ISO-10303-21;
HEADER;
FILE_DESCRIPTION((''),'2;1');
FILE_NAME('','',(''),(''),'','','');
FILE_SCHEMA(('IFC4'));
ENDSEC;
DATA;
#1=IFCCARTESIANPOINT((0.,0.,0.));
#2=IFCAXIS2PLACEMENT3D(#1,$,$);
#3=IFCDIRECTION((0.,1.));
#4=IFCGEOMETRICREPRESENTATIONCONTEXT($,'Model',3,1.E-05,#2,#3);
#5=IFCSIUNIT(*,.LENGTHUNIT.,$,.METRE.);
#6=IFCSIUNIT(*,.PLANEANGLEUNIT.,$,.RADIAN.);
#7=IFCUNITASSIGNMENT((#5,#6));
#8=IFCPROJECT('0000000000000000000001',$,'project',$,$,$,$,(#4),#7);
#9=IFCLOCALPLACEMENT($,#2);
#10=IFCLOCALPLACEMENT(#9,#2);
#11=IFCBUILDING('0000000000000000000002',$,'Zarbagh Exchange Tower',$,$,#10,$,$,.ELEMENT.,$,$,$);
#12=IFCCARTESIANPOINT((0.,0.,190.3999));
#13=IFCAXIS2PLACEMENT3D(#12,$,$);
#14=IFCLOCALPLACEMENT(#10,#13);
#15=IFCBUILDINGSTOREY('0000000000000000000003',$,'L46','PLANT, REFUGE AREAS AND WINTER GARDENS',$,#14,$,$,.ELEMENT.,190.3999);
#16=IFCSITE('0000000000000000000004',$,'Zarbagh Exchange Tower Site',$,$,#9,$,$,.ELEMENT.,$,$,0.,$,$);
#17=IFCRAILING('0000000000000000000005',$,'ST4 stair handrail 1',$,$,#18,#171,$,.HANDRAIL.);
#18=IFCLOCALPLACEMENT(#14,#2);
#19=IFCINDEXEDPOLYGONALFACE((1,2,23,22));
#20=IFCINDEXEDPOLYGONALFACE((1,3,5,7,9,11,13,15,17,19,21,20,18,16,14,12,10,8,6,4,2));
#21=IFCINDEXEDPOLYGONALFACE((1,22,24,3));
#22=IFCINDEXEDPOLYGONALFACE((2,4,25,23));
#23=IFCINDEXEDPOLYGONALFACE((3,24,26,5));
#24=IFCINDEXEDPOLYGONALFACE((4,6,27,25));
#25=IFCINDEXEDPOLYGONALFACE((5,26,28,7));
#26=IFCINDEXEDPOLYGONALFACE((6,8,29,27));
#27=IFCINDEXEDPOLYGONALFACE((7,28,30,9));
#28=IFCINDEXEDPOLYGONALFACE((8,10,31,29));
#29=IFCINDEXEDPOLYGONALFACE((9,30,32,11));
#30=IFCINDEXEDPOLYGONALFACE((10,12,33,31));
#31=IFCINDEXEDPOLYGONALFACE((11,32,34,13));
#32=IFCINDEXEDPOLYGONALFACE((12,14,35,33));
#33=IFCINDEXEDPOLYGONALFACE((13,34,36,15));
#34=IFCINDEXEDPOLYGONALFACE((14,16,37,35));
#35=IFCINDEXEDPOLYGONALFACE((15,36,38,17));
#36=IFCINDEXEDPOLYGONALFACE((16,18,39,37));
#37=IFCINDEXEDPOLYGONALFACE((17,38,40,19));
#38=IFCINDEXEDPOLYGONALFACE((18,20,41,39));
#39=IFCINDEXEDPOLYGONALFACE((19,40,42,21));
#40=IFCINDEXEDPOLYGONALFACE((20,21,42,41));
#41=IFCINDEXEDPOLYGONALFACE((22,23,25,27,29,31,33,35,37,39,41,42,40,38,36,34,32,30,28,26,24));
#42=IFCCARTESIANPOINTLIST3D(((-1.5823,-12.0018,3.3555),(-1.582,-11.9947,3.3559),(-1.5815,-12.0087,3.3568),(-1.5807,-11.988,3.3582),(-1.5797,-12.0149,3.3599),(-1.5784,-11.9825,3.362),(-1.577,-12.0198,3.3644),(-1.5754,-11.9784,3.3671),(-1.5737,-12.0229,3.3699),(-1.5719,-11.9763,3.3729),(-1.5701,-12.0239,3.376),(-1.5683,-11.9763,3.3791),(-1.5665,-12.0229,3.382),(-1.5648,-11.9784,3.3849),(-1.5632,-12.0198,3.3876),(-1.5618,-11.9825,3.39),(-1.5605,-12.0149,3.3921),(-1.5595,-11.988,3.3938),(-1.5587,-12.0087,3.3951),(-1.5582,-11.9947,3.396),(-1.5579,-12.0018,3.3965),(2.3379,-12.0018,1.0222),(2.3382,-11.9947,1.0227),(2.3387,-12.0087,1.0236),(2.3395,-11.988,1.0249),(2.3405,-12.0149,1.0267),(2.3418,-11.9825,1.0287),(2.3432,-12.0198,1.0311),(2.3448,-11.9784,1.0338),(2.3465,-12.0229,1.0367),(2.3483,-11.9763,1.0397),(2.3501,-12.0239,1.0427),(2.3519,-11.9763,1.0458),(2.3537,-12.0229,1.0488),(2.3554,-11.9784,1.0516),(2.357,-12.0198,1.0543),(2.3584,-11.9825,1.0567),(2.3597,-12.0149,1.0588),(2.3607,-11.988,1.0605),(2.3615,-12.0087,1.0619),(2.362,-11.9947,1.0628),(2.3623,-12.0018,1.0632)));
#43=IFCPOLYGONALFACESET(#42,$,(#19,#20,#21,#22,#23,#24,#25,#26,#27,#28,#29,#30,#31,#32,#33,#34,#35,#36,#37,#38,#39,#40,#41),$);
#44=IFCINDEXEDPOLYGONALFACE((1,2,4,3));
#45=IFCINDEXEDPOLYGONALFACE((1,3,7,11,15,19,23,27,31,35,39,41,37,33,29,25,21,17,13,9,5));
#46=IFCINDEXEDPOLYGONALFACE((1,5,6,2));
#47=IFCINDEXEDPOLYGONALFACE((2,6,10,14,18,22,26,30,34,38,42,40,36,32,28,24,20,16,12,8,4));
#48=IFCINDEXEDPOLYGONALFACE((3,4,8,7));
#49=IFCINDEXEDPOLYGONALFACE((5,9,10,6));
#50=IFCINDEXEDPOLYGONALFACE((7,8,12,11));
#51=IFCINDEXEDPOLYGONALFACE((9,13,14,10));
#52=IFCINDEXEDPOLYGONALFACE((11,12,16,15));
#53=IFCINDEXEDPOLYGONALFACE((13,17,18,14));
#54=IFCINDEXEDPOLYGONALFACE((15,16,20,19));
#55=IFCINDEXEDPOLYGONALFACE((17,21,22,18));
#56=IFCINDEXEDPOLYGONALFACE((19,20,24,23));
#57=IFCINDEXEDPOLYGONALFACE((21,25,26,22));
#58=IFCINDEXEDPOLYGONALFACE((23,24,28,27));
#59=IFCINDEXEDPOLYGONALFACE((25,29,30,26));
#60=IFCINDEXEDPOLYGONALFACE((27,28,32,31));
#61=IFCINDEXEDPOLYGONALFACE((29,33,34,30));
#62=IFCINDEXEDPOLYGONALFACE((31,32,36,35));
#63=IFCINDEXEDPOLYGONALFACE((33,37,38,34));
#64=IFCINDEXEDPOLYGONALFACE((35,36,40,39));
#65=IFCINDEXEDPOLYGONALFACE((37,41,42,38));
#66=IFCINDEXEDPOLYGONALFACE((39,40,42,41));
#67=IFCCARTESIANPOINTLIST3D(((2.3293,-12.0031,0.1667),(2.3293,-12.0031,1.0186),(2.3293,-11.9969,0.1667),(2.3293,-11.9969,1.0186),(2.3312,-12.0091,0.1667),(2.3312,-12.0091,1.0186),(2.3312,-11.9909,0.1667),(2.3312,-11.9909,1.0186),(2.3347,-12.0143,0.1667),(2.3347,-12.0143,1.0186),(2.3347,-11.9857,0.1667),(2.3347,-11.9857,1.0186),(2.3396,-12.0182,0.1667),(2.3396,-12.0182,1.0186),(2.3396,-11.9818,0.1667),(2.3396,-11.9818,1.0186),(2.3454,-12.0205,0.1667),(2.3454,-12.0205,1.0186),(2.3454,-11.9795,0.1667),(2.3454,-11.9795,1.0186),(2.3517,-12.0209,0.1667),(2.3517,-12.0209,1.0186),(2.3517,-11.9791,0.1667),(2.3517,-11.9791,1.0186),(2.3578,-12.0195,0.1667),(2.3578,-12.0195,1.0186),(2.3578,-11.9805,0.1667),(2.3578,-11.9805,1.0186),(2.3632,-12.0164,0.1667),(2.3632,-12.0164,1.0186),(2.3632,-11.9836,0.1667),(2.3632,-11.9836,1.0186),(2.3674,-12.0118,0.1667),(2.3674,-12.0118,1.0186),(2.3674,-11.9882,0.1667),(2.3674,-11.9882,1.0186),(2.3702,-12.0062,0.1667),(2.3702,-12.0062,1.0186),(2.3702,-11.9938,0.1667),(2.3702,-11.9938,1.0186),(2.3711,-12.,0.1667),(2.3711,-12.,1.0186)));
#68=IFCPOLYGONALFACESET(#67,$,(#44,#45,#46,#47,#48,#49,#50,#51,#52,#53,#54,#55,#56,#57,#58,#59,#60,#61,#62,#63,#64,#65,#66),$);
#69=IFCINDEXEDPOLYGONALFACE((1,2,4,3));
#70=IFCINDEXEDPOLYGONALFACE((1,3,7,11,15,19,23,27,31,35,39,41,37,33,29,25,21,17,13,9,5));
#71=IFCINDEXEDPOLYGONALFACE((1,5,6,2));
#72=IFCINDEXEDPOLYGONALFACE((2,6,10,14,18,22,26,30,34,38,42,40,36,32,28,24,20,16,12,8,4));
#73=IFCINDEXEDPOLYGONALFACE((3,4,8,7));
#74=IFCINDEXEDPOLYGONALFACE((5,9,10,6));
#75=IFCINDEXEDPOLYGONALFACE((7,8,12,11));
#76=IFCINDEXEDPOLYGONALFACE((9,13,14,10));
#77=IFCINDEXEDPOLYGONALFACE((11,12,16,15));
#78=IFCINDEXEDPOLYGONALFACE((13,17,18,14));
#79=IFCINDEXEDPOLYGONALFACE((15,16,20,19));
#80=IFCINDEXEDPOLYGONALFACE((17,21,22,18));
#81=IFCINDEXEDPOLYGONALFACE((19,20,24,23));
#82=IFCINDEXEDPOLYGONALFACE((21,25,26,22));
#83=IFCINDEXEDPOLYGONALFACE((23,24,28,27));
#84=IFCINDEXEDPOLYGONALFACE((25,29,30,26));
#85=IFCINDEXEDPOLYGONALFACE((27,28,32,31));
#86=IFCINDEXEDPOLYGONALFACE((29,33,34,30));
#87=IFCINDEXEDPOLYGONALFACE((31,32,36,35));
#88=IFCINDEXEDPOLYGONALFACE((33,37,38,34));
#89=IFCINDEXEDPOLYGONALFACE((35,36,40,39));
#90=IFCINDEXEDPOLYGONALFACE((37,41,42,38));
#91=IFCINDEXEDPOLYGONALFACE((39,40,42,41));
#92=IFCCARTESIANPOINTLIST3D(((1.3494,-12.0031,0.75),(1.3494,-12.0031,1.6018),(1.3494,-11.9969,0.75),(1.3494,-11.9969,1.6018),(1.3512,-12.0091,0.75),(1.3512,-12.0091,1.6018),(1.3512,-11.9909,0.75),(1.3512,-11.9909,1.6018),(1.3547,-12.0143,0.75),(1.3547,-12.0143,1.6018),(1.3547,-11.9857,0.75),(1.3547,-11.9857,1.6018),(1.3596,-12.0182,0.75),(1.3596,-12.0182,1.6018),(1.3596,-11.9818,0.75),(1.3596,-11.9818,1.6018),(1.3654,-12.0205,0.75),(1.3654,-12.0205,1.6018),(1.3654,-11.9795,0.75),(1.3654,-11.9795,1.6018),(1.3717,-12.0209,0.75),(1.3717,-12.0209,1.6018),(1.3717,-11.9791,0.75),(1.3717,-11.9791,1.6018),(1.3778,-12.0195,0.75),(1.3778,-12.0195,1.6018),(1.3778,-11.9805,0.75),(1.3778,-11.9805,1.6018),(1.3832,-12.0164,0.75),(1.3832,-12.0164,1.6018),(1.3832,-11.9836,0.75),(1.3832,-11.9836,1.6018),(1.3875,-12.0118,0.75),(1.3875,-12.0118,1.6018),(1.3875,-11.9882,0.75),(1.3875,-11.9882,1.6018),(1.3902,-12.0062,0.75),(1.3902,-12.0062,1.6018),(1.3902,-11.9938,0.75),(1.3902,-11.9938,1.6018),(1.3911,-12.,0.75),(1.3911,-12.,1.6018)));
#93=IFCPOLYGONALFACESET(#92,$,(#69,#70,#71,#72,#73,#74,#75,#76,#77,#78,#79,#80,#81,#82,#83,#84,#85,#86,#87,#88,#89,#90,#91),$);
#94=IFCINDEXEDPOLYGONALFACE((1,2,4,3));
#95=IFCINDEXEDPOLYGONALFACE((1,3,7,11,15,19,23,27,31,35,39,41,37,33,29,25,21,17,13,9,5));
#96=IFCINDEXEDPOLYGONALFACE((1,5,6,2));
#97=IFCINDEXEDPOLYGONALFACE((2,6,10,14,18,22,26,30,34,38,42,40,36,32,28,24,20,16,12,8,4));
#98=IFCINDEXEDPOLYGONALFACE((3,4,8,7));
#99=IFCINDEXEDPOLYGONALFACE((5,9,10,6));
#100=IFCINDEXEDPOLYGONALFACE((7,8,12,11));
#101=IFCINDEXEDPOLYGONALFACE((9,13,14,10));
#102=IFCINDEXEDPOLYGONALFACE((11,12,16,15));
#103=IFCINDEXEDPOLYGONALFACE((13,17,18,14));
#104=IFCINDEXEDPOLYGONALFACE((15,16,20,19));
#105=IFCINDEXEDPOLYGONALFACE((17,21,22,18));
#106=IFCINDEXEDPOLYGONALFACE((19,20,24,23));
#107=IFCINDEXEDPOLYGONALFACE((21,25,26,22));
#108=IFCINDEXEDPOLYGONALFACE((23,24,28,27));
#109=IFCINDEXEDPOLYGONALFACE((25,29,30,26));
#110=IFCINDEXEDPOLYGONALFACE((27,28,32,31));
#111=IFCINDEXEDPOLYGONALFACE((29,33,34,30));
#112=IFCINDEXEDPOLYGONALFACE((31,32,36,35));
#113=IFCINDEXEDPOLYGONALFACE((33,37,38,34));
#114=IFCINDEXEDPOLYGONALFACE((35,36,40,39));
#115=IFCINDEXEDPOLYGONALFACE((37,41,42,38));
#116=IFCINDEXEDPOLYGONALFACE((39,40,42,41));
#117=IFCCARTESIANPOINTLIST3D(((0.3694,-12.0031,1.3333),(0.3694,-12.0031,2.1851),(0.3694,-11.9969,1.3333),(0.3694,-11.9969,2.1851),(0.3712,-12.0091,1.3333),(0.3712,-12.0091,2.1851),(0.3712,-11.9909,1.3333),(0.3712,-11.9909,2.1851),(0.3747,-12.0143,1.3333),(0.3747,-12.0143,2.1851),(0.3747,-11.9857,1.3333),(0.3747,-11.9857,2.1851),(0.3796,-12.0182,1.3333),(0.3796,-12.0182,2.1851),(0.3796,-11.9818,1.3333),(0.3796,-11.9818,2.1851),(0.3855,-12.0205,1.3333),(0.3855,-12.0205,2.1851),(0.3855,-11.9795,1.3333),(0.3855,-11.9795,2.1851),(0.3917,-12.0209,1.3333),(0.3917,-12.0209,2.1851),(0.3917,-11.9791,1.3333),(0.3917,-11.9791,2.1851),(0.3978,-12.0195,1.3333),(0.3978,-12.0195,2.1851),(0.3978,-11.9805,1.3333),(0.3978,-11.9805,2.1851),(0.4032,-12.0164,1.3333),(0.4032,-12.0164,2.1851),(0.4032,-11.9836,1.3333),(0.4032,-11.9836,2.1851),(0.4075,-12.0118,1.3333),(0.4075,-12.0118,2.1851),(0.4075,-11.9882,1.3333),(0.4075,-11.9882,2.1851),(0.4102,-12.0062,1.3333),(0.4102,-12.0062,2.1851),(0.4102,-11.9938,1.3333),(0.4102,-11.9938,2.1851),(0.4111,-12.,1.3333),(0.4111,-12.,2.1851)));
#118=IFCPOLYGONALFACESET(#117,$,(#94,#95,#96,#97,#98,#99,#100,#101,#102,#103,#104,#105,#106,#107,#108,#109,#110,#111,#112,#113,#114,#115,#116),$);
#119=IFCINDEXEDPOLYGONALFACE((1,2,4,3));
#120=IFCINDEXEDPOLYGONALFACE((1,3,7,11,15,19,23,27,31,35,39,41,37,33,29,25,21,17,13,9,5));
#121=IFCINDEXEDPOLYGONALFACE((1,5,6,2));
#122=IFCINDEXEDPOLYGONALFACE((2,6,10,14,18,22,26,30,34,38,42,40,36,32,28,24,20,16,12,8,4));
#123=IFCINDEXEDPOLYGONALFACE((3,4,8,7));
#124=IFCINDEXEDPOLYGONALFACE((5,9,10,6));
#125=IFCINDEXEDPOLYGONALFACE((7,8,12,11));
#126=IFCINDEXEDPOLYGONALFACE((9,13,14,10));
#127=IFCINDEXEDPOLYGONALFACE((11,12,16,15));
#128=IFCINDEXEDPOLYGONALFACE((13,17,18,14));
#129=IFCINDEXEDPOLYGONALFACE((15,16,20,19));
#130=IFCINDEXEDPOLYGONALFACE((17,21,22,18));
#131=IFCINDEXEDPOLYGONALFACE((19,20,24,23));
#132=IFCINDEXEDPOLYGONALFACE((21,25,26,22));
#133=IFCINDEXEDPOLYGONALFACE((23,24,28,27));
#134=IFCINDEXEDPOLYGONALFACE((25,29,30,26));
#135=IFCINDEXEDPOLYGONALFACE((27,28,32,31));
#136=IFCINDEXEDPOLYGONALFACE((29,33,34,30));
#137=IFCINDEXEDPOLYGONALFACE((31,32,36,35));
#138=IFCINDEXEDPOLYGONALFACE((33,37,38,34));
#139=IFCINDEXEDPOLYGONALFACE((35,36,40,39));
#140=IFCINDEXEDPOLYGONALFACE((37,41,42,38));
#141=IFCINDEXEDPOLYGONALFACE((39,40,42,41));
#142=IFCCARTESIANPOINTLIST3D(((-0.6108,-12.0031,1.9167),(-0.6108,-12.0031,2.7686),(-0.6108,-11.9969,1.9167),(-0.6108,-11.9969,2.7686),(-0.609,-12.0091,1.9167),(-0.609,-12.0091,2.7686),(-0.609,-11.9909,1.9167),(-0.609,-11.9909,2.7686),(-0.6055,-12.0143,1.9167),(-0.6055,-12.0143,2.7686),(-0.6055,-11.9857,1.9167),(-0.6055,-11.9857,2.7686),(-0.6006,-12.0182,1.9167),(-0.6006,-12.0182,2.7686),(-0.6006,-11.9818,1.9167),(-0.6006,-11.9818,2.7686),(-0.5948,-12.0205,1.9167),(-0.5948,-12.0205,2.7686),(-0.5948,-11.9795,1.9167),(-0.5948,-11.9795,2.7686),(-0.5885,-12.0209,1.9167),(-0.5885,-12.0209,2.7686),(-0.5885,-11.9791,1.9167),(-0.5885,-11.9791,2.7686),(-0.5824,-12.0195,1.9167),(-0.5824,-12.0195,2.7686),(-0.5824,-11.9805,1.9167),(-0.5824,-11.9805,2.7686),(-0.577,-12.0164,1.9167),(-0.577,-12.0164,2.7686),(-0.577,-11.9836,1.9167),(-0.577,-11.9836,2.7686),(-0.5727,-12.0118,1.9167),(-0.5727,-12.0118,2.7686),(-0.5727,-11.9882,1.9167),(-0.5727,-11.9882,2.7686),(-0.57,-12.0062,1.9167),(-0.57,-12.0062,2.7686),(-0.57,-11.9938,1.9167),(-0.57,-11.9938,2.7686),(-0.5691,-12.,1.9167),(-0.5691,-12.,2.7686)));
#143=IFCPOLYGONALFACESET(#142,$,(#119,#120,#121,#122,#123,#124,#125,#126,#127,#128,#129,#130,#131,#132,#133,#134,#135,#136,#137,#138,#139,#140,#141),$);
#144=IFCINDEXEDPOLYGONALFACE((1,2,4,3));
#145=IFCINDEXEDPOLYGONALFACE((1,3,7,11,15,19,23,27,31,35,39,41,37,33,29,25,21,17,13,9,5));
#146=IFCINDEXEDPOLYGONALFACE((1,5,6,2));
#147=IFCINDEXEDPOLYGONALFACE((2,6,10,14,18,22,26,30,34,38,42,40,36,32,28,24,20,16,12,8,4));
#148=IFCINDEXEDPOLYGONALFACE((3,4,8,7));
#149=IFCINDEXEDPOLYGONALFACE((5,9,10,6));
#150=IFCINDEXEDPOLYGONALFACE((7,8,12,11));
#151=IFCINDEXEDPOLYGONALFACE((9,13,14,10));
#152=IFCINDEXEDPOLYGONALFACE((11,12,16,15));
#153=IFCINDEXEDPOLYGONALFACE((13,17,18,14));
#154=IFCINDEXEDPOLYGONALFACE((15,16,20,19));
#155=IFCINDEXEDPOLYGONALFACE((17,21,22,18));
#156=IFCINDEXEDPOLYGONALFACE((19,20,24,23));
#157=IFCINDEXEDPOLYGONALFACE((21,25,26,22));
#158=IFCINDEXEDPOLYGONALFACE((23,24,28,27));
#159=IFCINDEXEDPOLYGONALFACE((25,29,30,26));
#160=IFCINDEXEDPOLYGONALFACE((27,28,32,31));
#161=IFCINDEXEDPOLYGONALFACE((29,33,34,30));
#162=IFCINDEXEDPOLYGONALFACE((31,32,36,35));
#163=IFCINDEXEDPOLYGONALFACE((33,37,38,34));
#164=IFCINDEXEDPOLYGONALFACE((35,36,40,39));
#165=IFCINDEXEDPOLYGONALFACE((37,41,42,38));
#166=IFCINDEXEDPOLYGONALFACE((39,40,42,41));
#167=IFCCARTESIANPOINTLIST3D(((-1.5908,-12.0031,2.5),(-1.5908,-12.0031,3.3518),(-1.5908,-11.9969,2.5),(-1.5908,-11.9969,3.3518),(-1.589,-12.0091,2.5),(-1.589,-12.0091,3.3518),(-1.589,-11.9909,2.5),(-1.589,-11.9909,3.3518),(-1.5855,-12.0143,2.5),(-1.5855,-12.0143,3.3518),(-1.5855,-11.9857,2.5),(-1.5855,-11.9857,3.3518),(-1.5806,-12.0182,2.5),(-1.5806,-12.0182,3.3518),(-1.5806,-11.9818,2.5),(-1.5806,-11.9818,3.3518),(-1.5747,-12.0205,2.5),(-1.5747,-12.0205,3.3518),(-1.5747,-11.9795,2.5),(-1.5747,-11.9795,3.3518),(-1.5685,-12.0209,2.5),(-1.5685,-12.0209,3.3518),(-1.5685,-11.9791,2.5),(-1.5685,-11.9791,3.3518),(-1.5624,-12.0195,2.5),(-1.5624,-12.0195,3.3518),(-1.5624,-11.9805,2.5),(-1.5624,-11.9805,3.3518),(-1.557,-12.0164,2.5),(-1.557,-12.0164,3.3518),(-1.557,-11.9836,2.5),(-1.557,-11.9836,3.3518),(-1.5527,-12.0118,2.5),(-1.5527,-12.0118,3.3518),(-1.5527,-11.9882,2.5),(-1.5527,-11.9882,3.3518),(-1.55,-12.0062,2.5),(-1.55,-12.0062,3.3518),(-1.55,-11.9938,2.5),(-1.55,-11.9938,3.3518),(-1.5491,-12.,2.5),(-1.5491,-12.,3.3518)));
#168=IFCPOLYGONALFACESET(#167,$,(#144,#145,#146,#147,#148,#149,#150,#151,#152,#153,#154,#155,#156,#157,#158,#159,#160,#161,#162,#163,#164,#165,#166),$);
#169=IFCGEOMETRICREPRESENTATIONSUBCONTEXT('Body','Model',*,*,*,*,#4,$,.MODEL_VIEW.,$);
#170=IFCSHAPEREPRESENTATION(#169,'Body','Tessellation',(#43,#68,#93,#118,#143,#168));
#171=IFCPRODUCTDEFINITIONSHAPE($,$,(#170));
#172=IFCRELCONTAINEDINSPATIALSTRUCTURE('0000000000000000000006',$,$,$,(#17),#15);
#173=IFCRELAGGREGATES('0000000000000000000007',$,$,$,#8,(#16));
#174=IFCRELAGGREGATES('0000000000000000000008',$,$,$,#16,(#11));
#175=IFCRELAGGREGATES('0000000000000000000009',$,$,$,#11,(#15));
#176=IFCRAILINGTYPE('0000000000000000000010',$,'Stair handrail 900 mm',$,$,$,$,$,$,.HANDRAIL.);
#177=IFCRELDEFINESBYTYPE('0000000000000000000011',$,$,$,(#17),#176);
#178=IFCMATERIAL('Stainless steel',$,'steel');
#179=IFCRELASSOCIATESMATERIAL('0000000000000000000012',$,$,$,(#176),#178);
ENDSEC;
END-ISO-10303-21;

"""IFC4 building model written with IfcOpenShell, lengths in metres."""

from ifc_helpers import new_model, si_unit, direction, frame, origin, origin_2d, place, context, subcontext, project, spatial, circle, extrude, material, type_object, element, save


model = new_model("IFC4")

# Units and contexts
model_context = context("Model", 3, precision=1e-05, world=origin(), true_north=direction((0.0, 1.0)))
body_context = subcontext(model_context, "Body", "Model", "MODEL_VIEW")
ifc_project = project(units=[si_unit("LENGTHUNIT", "METRE"), si_unit("PLANEANGLEUNIT", "RADIAN")], contexts=[model_context])

# Site, building, storey
site_placement = place(None, origin())
site = spatial("IfcSite", under=ifc_project, at=site_placement, Name="Zarbagh Exchange Tower Site", CompositionType="ELEMENT", RefElevation=0.0)
building_placement = place(site_placement, origin())
building = spatial("IfcBuilding", under=site, at=building_placement, Name="Zarbagh Exchange Tower", CompositionType="ELEMENT")
storey_placement = place(building_placement, frame((0.0, 0.0, 190.3999)))
storey = spatial("IfcBuildingStorey", under=building, at=storey_placement, Name="L46", Description="PLANT, REFUGE AREAS AND WINTER GARDENS", CompositionType="ELEMENT", Elevation=190.3999)

# Shared definitions
ifc_material_1 = material(Name="Stainless steel", Category="steel")

# Railing
railing_type_1 = type_object("IfcRailingType", Name="Stair handrail 900 mm", PredefinedType="HANDRAIL", material=ifc_material_1)
railing_1_placement = place(storey_placement, frame((2.3501, -12.0, 0.1667)))
element("IfcRailing", 1, at=railing_1_placement, inside=storey, type_object=railing_type_1, Name="ST4 stair handrail 1", PredefinedType="HANDRAIL", context=body_context, shape_type="SweptSolid", body=[
    extrude(circle(Radius=0.0239, at=origin_2d()), frame((0.0, 0.0, 0.876), z_axis=(-0.85931, 0.0, 0.511455), x_axis=(0.0, -1.0, 0.0)), (0.0, 0.0, 1.0), 4.562),
    extrude(circle(Radius=0.021, at=origin_2d()), origin(), (0.0, 0.0, 1.0), 0.8518),
    extrude(circle(Radius=0.021, at=origin_2d()), frame((-0.98, 0.0, 0.5833)), (0.0, 0.0, 1.0), 0.8518),
    extrude(circle(Radius=0.021, at=origin_2d()), frame((-1.96, 0.0, 1.1665)), (0.0, 0.0, 1.0), 0.8518),
    extrude(circle(Radius=0.021, at=origin_2d()), frame((-2.9402, 0.0, 1.75)), (0.0, 0.0, 1.0), 0.8518),
    extrude(circle(Radius=0.021, at=origin_2d()), frame((-3.9202, 0.0, 2.3333)), (0.0, 0.0, 1.0), 0.8518),
])

save(model, "model.ifc")
